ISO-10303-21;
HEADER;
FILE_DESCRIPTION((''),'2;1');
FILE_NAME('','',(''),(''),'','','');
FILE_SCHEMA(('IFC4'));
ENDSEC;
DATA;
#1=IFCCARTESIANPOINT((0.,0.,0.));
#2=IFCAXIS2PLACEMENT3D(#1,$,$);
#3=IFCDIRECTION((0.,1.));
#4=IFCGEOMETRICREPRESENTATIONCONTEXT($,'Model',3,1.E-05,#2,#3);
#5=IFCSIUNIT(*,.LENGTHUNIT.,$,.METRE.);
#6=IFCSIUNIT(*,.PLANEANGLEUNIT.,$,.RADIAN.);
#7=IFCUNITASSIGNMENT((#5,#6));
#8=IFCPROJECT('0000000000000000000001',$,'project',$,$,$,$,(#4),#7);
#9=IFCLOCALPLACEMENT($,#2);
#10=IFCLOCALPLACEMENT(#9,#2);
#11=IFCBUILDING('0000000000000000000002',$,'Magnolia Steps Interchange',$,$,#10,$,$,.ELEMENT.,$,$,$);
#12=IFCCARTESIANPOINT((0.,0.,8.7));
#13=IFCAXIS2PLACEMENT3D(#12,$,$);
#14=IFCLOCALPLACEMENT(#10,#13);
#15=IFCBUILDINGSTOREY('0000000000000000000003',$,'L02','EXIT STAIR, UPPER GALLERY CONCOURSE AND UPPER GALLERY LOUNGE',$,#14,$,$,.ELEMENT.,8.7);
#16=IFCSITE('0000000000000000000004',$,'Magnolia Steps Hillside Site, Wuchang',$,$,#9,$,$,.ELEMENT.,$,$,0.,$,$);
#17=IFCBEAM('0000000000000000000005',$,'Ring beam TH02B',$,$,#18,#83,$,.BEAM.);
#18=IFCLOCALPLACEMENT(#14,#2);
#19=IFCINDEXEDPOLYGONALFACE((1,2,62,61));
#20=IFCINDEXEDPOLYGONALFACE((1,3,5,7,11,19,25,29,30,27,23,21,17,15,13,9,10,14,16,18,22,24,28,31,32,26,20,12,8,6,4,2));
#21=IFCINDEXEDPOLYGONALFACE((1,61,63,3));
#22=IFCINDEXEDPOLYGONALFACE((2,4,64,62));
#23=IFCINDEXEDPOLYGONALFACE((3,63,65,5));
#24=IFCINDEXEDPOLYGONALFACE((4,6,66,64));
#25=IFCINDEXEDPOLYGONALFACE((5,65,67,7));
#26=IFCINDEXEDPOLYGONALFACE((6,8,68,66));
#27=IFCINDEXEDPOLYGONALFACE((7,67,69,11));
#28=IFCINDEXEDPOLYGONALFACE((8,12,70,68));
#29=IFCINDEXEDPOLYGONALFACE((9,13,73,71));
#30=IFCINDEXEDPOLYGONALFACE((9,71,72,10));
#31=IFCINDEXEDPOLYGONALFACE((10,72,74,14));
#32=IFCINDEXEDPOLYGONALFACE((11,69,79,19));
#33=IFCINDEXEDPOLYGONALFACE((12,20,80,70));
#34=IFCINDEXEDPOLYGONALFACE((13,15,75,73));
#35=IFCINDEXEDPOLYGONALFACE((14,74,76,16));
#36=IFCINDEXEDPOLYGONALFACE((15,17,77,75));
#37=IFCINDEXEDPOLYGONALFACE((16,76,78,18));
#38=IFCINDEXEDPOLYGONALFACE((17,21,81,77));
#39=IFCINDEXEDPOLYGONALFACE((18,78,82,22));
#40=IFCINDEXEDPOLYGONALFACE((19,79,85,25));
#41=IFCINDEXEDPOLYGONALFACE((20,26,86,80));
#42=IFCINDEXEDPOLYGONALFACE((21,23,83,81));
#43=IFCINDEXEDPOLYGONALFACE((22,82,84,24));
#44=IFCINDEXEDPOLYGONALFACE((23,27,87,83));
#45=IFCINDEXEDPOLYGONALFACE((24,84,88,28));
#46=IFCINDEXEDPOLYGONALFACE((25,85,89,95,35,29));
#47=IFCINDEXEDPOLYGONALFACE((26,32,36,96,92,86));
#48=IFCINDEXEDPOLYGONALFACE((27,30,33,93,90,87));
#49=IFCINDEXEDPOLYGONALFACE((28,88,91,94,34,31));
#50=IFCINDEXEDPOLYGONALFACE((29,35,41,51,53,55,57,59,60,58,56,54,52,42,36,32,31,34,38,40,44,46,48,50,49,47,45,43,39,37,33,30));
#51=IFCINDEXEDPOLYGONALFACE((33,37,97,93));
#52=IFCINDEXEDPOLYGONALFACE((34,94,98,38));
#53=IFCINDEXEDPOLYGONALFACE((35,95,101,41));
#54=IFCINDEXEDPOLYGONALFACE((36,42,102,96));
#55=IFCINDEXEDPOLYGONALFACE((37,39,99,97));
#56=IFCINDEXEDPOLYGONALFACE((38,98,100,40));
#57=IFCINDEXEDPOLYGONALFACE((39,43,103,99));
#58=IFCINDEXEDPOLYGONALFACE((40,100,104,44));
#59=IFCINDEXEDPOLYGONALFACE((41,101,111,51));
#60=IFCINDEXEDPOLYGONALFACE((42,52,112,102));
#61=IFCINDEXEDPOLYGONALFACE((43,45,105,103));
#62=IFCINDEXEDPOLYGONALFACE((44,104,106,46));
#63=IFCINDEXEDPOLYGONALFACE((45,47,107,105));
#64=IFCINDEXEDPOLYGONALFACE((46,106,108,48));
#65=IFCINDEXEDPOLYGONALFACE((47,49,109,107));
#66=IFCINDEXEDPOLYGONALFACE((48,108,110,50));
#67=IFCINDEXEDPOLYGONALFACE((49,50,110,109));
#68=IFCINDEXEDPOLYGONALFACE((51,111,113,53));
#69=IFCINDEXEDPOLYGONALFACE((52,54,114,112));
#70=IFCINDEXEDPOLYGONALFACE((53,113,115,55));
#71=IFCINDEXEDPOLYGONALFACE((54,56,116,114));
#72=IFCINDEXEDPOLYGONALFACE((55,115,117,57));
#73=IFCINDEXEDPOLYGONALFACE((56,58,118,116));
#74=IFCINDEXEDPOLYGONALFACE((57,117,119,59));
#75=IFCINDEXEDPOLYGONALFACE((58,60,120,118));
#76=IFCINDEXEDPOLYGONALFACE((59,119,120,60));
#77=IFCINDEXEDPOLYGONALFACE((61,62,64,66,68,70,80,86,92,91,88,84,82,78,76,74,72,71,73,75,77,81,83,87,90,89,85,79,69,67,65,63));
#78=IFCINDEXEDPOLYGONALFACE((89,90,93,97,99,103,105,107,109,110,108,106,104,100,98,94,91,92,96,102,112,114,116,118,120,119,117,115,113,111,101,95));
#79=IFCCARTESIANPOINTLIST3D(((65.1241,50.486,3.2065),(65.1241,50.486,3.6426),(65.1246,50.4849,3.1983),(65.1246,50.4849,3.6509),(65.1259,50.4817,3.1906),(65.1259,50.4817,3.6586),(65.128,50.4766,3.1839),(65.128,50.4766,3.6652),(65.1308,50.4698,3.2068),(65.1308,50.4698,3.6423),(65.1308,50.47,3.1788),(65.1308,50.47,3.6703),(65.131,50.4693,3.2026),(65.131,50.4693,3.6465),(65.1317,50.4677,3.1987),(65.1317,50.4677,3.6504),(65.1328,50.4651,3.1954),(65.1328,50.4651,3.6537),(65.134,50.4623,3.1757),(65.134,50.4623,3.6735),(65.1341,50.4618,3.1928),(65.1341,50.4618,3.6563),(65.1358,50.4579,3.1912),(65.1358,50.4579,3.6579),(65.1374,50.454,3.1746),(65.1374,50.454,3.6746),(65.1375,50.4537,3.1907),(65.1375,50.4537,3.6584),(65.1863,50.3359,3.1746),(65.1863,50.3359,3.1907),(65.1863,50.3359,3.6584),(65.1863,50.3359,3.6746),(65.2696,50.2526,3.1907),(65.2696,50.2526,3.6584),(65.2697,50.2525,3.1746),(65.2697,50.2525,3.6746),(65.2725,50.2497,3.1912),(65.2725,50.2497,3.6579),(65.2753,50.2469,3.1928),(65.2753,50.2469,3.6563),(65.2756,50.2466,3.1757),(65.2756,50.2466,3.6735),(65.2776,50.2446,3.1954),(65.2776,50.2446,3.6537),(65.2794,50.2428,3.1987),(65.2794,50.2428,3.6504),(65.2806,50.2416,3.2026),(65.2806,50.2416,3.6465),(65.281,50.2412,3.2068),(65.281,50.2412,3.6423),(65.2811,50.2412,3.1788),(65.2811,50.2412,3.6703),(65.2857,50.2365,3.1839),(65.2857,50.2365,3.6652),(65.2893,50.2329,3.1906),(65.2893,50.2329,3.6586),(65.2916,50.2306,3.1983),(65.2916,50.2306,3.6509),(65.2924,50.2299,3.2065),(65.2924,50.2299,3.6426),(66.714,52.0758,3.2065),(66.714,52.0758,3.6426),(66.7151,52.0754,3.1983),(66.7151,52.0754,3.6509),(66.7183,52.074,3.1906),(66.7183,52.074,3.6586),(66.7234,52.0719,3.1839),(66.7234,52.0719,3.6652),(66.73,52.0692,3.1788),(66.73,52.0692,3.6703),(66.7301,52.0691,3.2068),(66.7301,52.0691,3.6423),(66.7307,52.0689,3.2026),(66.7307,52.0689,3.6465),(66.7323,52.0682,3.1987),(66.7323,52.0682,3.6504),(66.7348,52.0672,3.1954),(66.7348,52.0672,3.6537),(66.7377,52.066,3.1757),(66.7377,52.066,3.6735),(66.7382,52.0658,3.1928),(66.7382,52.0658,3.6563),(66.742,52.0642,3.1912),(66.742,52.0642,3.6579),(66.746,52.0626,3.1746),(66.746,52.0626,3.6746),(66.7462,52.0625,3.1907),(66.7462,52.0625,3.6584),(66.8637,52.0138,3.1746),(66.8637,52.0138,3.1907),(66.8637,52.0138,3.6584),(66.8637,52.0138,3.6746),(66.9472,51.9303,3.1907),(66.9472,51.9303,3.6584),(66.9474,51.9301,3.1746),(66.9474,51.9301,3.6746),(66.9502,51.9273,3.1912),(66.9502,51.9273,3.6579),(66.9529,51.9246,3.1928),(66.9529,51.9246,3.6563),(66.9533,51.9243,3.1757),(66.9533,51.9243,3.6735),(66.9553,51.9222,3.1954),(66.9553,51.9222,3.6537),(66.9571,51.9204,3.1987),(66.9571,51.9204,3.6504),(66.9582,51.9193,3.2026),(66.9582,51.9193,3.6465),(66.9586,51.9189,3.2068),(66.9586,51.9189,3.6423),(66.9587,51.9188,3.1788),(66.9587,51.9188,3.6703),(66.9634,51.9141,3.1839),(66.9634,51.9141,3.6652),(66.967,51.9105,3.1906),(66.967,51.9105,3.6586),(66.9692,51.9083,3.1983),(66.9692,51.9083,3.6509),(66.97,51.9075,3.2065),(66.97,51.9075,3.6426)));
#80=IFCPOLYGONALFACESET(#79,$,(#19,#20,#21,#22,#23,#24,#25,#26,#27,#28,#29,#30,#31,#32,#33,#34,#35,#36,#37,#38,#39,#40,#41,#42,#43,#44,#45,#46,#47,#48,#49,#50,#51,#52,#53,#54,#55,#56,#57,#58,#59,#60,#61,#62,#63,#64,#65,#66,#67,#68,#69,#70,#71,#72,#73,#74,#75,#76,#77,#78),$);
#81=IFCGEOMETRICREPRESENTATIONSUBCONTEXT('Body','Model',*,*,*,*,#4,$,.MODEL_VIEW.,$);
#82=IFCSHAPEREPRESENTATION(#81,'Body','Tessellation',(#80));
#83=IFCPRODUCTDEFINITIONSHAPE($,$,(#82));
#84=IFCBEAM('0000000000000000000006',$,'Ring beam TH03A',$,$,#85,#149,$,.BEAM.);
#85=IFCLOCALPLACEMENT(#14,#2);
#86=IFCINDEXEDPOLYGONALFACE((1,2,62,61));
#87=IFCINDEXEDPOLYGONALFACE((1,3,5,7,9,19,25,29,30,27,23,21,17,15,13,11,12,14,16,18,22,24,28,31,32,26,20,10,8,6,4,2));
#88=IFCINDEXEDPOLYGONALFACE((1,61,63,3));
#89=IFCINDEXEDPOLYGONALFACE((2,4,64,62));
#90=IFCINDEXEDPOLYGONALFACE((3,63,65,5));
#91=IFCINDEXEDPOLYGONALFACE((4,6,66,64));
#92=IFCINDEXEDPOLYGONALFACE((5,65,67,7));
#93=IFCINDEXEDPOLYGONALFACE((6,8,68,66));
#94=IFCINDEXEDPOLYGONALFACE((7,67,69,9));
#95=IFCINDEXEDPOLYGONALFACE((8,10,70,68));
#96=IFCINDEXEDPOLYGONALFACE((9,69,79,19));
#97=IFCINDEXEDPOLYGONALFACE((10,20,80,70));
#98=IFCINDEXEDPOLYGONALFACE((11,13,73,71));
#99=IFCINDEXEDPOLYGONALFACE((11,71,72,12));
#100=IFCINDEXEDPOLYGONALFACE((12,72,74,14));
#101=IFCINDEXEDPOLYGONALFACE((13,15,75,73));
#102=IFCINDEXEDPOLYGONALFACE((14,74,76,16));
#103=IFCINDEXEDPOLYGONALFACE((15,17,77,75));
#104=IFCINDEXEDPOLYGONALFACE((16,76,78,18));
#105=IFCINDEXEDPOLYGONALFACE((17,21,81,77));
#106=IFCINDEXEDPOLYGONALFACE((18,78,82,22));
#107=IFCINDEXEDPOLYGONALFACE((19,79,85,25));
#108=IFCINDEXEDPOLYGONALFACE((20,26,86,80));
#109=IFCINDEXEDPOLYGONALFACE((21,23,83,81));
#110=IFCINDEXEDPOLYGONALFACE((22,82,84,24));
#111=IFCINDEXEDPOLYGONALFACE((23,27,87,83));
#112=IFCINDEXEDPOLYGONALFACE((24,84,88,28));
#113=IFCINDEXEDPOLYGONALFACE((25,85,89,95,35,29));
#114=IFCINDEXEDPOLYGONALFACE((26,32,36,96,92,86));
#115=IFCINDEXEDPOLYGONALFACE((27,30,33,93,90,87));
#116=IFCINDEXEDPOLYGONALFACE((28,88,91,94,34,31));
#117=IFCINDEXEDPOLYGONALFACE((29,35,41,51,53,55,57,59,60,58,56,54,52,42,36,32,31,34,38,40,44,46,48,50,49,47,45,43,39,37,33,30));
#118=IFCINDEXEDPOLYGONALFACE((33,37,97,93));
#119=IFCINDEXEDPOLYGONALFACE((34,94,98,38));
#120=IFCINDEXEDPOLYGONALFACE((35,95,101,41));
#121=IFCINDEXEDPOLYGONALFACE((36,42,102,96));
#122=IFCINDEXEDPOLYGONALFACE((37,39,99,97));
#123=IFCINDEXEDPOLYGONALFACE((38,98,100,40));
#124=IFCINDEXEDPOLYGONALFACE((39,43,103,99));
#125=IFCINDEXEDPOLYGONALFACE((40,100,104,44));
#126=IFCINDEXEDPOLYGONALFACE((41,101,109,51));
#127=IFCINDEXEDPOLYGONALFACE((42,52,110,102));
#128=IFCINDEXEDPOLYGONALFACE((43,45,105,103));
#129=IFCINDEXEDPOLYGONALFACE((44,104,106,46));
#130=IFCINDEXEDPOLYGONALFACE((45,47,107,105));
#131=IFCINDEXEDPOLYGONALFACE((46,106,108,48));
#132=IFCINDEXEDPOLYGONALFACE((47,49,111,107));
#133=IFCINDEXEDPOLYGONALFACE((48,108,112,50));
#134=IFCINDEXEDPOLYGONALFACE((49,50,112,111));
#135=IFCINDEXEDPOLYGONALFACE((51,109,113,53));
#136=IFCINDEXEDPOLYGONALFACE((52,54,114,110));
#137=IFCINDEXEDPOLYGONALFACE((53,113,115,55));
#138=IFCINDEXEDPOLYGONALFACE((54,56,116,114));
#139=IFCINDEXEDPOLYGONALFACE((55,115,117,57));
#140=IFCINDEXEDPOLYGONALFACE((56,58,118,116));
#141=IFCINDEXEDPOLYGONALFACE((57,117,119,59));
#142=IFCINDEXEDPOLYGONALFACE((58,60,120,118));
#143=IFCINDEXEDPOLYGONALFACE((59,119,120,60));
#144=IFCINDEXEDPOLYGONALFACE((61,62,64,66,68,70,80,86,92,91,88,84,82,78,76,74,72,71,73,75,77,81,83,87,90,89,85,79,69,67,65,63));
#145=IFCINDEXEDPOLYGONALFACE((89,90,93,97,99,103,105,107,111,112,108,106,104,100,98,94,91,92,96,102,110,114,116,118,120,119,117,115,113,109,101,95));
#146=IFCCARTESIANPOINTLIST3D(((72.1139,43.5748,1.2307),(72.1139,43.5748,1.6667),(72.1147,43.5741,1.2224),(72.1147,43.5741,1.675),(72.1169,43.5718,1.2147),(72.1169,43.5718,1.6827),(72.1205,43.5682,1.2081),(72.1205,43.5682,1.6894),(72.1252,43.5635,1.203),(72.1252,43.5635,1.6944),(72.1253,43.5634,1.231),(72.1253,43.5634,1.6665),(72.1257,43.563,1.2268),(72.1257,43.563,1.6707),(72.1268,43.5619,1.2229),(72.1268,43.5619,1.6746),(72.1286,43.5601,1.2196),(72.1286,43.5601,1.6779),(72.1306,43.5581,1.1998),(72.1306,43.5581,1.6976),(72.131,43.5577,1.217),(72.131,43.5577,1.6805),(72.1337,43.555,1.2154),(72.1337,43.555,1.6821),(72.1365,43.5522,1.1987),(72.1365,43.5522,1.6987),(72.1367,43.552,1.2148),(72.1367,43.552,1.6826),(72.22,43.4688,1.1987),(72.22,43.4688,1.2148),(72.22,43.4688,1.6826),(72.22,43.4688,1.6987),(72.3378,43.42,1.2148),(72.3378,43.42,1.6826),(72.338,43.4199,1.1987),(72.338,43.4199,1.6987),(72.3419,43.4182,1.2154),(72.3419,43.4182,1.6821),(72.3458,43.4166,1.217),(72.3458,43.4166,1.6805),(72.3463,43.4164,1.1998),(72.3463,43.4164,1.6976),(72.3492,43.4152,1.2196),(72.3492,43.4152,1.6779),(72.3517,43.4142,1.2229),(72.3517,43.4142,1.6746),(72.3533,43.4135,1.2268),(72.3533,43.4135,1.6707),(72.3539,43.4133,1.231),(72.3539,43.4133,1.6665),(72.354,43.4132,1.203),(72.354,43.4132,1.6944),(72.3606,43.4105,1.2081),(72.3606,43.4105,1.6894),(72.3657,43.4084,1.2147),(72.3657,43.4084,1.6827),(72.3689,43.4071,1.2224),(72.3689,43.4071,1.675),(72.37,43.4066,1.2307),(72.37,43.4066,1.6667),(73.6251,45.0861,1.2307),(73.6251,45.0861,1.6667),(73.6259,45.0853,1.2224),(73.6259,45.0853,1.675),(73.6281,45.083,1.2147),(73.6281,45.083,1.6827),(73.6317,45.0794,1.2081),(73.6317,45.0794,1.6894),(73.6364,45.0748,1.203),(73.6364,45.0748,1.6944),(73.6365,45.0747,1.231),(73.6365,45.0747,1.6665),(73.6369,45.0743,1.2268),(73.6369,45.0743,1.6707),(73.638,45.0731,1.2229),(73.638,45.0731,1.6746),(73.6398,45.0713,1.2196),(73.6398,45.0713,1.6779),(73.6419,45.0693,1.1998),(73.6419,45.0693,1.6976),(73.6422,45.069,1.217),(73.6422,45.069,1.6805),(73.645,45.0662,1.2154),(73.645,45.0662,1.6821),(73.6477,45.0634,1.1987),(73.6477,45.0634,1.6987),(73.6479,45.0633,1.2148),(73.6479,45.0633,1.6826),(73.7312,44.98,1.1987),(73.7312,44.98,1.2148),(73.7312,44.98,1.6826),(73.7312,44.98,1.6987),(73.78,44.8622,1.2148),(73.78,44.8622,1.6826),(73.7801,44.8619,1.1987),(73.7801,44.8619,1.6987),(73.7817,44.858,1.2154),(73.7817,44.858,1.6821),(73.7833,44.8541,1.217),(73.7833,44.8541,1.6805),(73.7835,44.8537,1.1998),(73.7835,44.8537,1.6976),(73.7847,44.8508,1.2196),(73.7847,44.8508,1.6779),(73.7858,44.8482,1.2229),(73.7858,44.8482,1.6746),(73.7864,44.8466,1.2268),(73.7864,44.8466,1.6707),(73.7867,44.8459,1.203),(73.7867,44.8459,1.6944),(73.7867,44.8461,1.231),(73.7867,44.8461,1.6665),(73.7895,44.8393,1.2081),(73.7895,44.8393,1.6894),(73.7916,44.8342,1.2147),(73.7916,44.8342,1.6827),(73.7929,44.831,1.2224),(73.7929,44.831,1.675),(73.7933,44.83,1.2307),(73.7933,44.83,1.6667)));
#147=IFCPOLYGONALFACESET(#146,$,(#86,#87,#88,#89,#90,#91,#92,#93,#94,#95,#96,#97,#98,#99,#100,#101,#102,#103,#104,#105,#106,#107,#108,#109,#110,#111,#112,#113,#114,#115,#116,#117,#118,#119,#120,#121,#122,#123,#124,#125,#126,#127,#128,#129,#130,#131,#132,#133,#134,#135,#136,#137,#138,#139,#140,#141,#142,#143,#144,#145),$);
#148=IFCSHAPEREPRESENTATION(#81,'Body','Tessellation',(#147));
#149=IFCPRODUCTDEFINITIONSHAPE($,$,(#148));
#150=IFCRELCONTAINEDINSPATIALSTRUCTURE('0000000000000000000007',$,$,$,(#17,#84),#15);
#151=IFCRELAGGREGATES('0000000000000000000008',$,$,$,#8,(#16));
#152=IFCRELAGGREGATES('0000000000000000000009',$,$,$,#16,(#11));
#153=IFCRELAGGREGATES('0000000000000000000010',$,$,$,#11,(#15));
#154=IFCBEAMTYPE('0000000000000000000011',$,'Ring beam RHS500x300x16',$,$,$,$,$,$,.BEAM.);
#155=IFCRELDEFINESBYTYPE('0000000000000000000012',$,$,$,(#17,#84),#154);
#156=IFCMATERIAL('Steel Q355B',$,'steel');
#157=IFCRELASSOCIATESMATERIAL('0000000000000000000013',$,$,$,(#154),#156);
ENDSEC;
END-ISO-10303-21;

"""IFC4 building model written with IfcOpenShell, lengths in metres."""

from ifc_helpers import new_model, si_unit, direction, frame, origin, origin_2d, place, context, subcontext, project, spatial, hollow_rectangle, extrude, clip, halfspace, material, material_profile, profile_set, type_object, element, save


model = new_model("IFC4")

# Units and contexts
model_context = context("Model", 3, precision=1e-05, world=origin(), true_north=direction((0.0, 1.0)))
body_context = subcontext(model_context, "Body", "Model", "MODEL_VIEW")
ifc_project = project(units=[si_unit("LENGTHUNIT", "METRE"), si_unit("PLANEANGLEUNIT", "RADIAN")], contexts=[model_context])

# Site, building, storey
site_placement = place(None, origin())
site = spatial("IfcSite", under=ifc_project, at=site_placement, Name="Magnolia Steps Hillside Site, Wuchang", CompositionType="ELEMENT", RefElevation=0.0)
building_placement = place(site_placement, origin())
building = spatial("IfcBuilding", under=site, at=building_placement, Name="Magnolia Steps Interchange", CompositionType="ELEMENT")
storey_placement = place(building_placement, frame((0.0, 0.0, 8.7)))
storey = spatial("IfcBuildingStorey", under=building, at=storey_placement, Name="L02", Description="EXIT STAIR, UPPER GALLERY CONCOURSE AND UPPER GALLERY LOUNGE", CompositionType="ELEMENT", Elevation=8.7)

# Beams
ifc_material_1 = material(Name="Steel Q355B", Category="steel")
ifc_material_profile_1 = material_profile(ifc_material_1, hollow_rectangle(XDim=0.3, YDim=0.5, WallThickness=0.0161, InnerFilletRadius=0.0161, OuterFilletRadius=0.032, at=origin_2d()), Name="RHS500x300x16")
ifc_profile_set_1 = profile_set([ifc_material_profile_1], Name="Steel Q355B")
beam_type_1 = type_object("IfcBeamType", Name="Ring beam RHS500x300x16", PredefinedType="BEAM", material=ifc_profile_set_1)
beam_1_placement = place(storey_placement, frame((65.1863, 50.3359, 3.4246), z_axis=(0.707107, 0.707107, 0.0), x_axis=(-0.707107, 0.707107, 0.0)))
element("IfcBeam", 1, at=beam_1_placement, inside=storey, type_object=beam_type_1, Name="Ring beam TH02B", PredefinedType="BEAM", context=body_context, shape_type="Clipping", body=[
    clip(clip(extrude(hollow_rectangle(XDim=0.3, YDim=0.5, WallThickness=0.0161, InnerFilletRadius=0.0161, OuterFilletRadius=0.032, at=origin_2d()), origin(), (0.0, 0.0, 1.0), 2.3726), halfspace(frame((0.0, 0.0, 0.0), z_axis=(0.382683, 0.0, -0.92388), x_axis=(0.92388, 0.0, 0.382683)), False)), halfspace(frame((0.0, 0.0, 2.3727), z_axis=(0.382683, 0.0, 0.92388), x_axis=(0.92388, 0.0, -0.382683)), False)),
])
beam_2_placement = place(storey_placement, frame((73.7312, 44.98, 1.4487), z_axis=(-0.707107, -0.707107, 0.0), x_axis=(0.707107, -0.707107, 0.0)))
element("IfcBeam", 2, at=beam_2_placement, inside=storey, type_object=beam_type_1, Name="Ring beam TH03A", PredefinedType="BEAM", context=body_context, shape_type="Clipping", body=[
    clip(clip(extrude(hollow_rectangle(XDim=0.3, YDim=0.5, WallThickness=0.0161, InnerFilletRadius=0.0161, OuterFilletRadius=0.032, at=origin_2d()), origin(), (0.0, 0.0, 1.0), 2.1372), halfspace(frame((0.0, 0.0, 0.0), z_axis=(0.382683, 0.0, -0.92388), x_axis=(0.92388, 0.0, 0.382683)), False)), halfspace(frame((0.0, 0.0, 2.1372), z_axis=(0.382683, 0.0, 0.92388), x_axis=(0.92388, 0.0, -0.382683)), False)),
])

save(model, "model.ifc")
